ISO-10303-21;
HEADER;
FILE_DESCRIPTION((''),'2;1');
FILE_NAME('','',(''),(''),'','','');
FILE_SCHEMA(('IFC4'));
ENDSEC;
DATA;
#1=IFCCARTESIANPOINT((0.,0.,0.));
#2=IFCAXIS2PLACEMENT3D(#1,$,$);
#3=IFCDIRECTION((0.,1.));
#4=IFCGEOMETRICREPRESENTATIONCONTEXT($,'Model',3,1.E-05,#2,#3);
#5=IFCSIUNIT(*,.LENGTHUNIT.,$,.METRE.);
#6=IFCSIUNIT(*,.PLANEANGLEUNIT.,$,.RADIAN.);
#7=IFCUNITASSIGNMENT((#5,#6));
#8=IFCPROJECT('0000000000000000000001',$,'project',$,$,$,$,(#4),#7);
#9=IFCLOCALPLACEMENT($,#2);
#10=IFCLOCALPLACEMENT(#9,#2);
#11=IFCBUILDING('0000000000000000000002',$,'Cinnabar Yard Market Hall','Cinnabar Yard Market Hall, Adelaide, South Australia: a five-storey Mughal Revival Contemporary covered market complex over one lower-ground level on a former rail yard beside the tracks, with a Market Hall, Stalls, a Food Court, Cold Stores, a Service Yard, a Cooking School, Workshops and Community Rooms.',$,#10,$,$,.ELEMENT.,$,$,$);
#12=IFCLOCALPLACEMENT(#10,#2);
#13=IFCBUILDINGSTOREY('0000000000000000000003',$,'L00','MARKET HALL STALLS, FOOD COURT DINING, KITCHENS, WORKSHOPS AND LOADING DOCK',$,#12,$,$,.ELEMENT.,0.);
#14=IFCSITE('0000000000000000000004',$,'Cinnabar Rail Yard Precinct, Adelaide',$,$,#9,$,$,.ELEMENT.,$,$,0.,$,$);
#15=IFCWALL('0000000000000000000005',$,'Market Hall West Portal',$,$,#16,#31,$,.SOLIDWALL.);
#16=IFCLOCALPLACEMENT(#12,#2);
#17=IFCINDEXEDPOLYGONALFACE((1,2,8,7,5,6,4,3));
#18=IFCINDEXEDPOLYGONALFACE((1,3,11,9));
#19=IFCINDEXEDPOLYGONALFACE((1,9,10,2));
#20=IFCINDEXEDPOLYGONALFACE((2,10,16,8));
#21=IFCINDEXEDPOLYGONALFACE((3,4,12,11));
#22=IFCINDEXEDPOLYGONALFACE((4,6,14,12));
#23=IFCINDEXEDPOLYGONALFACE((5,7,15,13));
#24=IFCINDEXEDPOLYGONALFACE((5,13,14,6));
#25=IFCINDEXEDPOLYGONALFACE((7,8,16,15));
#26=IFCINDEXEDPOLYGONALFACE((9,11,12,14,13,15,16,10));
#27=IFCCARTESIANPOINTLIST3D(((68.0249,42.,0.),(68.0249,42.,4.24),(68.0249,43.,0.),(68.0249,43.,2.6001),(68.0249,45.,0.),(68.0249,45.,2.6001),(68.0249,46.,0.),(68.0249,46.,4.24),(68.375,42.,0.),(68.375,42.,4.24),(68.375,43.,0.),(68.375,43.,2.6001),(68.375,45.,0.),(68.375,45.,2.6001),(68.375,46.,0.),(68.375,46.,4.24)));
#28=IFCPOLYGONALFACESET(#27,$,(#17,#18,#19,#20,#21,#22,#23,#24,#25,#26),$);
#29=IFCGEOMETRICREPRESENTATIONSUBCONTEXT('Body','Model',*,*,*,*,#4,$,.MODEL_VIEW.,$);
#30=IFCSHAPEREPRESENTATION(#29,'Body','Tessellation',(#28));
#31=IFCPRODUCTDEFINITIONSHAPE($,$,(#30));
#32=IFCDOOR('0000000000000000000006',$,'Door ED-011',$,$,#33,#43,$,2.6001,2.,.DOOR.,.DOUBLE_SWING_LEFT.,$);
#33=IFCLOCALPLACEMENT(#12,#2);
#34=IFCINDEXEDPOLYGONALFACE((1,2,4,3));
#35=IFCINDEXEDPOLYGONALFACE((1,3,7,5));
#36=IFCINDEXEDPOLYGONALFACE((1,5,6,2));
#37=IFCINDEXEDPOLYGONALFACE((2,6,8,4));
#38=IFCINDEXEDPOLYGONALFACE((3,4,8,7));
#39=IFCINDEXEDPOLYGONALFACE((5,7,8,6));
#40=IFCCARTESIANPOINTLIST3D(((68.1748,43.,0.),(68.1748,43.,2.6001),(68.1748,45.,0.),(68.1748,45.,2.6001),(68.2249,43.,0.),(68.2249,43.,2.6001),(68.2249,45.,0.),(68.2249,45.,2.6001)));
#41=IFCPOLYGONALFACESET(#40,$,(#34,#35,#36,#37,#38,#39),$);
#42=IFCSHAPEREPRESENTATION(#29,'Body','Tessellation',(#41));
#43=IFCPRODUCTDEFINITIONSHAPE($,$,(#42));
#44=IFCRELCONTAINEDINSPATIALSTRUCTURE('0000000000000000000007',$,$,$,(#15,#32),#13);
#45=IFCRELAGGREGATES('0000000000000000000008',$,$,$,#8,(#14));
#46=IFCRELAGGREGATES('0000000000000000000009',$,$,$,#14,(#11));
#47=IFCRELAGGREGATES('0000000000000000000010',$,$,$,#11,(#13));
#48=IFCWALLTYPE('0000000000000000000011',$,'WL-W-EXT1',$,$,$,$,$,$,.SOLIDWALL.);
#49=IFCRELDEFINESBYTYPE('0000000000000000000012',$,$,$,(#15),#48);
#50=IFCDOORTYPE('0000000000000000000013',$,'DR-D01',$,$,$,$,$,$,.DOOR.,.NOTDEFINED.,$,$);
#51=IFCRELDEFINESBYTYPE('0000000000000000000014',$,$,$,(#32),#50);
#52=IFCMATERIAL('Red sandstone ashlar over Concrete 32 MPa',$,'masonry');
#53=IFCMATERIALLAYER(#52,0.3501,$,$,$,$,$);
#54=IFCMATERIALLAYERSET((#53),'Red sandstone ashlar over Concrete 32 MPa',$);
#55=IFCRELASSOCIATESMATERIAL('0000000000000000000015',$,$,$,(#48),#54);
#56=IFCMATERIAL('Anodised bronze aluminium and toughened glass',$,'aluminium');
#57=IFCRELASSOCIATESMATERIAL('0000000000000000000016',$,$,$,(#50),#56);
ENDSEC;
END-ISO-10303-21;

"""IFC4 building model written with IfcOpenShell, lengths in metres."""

from ifc_helpers import new_model, si_unit, direction, frame, frame_2d, origin, place, context, subcontext, project, spatial, rectangle, extrude, material, layer, layer_set, type_object, element, fill, save


model = new_model("IFC4")

# Units and contexts
model_context = context("Model", 3, precision=1e-05, world=origin(), true_north=direction((0.0, 1.0)))
body_context = subcontext(model_context, "Body", "Model", "MODEL_VIEW")
ifc_project = project(units=[si_unit("LENGTHUNIT", "METRE"), si_unit("PLANEANGLEUNIT", "RADIAN")], contexts=[model_context])

# Site, building, storey
site_placement = place(None, origin())
site = spatial("IfcSite", under=ifc_project, at=site_placement, Name="Cinnabar Rail Yard Precinct, Adelaide", CompositionType="ELEMENT", RefElevation=0.0)
building_placement = place(site_placement, origin())
building = spatial("IfcBuilding", under=site, at=building_placement, Name="Cinnabar Yard Market Hall", Description="Cinnabar Yard Market Hall, Adelaide, South Australia: a five-storey Mughal Revival Contemporary covered market complex over one lower-ground level on a former rail yard beside the tracks, with a Market Hall, Stalls, a Food Court, Cold Stores, a Service Yard, a Cooking School, Workshops and Community Rooms.", CompositionType="ELEMENT")
storey_placement = place(building_placement, origin())
storey = spatial("IfcBuildingStorey", under=building, at=storey_placement, Name="L00", Description="MARKET HALL STALLS, FOOD COURT DINING, KITCHENS, WORKSHOPS AND LOADING DOCK", CompositionType="ELEMENT", Elevation=0.0)

# Wall, opening, door
ifc_material_1 = material(Name="Red sandstone ashlar over Concrete 32 MPa", Category="masonry")
ifc_layer_1 = layer(ifc_material_1, 0.3501)
ifc_layer_set_1 = layer_set([ifc_layer_1], Name="Red sandstone ashlar over Concrete 32 MPa")
wall_type = type_object("IfcWallType", Name="WL-W-EXT1", PredefinedType="SOLIDWALL", material=ifc_layer_set_1)
wall_placement = place(storey_placement, frame((68.2, 46.0, 0.0), z_axis=(0.0, 0.0, 1.0), x_axis=(0.0, -1.0, 0.0)))
wall = element("IfcWall", 1, at=wall_placement, inside=storey, type_object=wall_type, Name="Market Hall West Portal", PredefinedType="SOLIDWALL", context=body_context, shape_type="SweptSolid", body=[
    extrude(rectangle(XDim=4.0, YDim=0.3501, at=frame_2d((2.0, 0.0), x_axis=(1.0, 0.0))), origin(), (0.0, 0.0, 1.0), 4.24),
])
opening_placement = place(wall_placement, frame((1.0, 0.0, 0.0)))
opening = element("IfcOpeningElement", 2, at=opening_placement, cuts=wall, PredefinedType="OPENING", context=body_context, shape_type="SweptSolid", body=[
    extrude(rectangle(XDim=2.0, YDim=2.6001, at=frame_2d((1.0, 1.3), x_axis=(1.0, 0.0))), frame((0.0, 0.1851, 0.0), z_axis=(0.0, -1.0, 0.0), x_axis=(1.0, 0.0, 0.0)), (0.0, 0.0, 1.0), 0.3701),
])
ifc_material_2 = material(Name="Anodised bronze aluminium and toughened glass", Category="aluminium")
door_type = type_object("IfcDoorType", Name="DR-D01", OperationType="NOTDEFINED", PredefinedType="DOOR", material=ifc_material_2)
door_placement = place(opening_placement, origin())
door = element("IfcDoor", 3, at=door_placement, inside=storey, type_object=door_type, Name="Door ED-011", OperationType="DOUBLE_SWING_LEFT", OverallHeight=2.6001, OverallWidth=2.0, PredefinedType="DOOR", context=body_context, shape_type="SweptSolid", body=[
    extrude(rectangle(XDim=2.0, YDim=2.6001, at=frame_2d((1.0, 1.3), x_axis=(1.0, 0.0))), frame((0.0, 0.0249, 0.0), z_axis=(0.0, -1.0, 0.0), x_axis=(1.0, 0.0, 0.0)), (0.0, 0.0, 1.0), 0.05),
])
fill(opening, door)

save(model, "model.ifc")
